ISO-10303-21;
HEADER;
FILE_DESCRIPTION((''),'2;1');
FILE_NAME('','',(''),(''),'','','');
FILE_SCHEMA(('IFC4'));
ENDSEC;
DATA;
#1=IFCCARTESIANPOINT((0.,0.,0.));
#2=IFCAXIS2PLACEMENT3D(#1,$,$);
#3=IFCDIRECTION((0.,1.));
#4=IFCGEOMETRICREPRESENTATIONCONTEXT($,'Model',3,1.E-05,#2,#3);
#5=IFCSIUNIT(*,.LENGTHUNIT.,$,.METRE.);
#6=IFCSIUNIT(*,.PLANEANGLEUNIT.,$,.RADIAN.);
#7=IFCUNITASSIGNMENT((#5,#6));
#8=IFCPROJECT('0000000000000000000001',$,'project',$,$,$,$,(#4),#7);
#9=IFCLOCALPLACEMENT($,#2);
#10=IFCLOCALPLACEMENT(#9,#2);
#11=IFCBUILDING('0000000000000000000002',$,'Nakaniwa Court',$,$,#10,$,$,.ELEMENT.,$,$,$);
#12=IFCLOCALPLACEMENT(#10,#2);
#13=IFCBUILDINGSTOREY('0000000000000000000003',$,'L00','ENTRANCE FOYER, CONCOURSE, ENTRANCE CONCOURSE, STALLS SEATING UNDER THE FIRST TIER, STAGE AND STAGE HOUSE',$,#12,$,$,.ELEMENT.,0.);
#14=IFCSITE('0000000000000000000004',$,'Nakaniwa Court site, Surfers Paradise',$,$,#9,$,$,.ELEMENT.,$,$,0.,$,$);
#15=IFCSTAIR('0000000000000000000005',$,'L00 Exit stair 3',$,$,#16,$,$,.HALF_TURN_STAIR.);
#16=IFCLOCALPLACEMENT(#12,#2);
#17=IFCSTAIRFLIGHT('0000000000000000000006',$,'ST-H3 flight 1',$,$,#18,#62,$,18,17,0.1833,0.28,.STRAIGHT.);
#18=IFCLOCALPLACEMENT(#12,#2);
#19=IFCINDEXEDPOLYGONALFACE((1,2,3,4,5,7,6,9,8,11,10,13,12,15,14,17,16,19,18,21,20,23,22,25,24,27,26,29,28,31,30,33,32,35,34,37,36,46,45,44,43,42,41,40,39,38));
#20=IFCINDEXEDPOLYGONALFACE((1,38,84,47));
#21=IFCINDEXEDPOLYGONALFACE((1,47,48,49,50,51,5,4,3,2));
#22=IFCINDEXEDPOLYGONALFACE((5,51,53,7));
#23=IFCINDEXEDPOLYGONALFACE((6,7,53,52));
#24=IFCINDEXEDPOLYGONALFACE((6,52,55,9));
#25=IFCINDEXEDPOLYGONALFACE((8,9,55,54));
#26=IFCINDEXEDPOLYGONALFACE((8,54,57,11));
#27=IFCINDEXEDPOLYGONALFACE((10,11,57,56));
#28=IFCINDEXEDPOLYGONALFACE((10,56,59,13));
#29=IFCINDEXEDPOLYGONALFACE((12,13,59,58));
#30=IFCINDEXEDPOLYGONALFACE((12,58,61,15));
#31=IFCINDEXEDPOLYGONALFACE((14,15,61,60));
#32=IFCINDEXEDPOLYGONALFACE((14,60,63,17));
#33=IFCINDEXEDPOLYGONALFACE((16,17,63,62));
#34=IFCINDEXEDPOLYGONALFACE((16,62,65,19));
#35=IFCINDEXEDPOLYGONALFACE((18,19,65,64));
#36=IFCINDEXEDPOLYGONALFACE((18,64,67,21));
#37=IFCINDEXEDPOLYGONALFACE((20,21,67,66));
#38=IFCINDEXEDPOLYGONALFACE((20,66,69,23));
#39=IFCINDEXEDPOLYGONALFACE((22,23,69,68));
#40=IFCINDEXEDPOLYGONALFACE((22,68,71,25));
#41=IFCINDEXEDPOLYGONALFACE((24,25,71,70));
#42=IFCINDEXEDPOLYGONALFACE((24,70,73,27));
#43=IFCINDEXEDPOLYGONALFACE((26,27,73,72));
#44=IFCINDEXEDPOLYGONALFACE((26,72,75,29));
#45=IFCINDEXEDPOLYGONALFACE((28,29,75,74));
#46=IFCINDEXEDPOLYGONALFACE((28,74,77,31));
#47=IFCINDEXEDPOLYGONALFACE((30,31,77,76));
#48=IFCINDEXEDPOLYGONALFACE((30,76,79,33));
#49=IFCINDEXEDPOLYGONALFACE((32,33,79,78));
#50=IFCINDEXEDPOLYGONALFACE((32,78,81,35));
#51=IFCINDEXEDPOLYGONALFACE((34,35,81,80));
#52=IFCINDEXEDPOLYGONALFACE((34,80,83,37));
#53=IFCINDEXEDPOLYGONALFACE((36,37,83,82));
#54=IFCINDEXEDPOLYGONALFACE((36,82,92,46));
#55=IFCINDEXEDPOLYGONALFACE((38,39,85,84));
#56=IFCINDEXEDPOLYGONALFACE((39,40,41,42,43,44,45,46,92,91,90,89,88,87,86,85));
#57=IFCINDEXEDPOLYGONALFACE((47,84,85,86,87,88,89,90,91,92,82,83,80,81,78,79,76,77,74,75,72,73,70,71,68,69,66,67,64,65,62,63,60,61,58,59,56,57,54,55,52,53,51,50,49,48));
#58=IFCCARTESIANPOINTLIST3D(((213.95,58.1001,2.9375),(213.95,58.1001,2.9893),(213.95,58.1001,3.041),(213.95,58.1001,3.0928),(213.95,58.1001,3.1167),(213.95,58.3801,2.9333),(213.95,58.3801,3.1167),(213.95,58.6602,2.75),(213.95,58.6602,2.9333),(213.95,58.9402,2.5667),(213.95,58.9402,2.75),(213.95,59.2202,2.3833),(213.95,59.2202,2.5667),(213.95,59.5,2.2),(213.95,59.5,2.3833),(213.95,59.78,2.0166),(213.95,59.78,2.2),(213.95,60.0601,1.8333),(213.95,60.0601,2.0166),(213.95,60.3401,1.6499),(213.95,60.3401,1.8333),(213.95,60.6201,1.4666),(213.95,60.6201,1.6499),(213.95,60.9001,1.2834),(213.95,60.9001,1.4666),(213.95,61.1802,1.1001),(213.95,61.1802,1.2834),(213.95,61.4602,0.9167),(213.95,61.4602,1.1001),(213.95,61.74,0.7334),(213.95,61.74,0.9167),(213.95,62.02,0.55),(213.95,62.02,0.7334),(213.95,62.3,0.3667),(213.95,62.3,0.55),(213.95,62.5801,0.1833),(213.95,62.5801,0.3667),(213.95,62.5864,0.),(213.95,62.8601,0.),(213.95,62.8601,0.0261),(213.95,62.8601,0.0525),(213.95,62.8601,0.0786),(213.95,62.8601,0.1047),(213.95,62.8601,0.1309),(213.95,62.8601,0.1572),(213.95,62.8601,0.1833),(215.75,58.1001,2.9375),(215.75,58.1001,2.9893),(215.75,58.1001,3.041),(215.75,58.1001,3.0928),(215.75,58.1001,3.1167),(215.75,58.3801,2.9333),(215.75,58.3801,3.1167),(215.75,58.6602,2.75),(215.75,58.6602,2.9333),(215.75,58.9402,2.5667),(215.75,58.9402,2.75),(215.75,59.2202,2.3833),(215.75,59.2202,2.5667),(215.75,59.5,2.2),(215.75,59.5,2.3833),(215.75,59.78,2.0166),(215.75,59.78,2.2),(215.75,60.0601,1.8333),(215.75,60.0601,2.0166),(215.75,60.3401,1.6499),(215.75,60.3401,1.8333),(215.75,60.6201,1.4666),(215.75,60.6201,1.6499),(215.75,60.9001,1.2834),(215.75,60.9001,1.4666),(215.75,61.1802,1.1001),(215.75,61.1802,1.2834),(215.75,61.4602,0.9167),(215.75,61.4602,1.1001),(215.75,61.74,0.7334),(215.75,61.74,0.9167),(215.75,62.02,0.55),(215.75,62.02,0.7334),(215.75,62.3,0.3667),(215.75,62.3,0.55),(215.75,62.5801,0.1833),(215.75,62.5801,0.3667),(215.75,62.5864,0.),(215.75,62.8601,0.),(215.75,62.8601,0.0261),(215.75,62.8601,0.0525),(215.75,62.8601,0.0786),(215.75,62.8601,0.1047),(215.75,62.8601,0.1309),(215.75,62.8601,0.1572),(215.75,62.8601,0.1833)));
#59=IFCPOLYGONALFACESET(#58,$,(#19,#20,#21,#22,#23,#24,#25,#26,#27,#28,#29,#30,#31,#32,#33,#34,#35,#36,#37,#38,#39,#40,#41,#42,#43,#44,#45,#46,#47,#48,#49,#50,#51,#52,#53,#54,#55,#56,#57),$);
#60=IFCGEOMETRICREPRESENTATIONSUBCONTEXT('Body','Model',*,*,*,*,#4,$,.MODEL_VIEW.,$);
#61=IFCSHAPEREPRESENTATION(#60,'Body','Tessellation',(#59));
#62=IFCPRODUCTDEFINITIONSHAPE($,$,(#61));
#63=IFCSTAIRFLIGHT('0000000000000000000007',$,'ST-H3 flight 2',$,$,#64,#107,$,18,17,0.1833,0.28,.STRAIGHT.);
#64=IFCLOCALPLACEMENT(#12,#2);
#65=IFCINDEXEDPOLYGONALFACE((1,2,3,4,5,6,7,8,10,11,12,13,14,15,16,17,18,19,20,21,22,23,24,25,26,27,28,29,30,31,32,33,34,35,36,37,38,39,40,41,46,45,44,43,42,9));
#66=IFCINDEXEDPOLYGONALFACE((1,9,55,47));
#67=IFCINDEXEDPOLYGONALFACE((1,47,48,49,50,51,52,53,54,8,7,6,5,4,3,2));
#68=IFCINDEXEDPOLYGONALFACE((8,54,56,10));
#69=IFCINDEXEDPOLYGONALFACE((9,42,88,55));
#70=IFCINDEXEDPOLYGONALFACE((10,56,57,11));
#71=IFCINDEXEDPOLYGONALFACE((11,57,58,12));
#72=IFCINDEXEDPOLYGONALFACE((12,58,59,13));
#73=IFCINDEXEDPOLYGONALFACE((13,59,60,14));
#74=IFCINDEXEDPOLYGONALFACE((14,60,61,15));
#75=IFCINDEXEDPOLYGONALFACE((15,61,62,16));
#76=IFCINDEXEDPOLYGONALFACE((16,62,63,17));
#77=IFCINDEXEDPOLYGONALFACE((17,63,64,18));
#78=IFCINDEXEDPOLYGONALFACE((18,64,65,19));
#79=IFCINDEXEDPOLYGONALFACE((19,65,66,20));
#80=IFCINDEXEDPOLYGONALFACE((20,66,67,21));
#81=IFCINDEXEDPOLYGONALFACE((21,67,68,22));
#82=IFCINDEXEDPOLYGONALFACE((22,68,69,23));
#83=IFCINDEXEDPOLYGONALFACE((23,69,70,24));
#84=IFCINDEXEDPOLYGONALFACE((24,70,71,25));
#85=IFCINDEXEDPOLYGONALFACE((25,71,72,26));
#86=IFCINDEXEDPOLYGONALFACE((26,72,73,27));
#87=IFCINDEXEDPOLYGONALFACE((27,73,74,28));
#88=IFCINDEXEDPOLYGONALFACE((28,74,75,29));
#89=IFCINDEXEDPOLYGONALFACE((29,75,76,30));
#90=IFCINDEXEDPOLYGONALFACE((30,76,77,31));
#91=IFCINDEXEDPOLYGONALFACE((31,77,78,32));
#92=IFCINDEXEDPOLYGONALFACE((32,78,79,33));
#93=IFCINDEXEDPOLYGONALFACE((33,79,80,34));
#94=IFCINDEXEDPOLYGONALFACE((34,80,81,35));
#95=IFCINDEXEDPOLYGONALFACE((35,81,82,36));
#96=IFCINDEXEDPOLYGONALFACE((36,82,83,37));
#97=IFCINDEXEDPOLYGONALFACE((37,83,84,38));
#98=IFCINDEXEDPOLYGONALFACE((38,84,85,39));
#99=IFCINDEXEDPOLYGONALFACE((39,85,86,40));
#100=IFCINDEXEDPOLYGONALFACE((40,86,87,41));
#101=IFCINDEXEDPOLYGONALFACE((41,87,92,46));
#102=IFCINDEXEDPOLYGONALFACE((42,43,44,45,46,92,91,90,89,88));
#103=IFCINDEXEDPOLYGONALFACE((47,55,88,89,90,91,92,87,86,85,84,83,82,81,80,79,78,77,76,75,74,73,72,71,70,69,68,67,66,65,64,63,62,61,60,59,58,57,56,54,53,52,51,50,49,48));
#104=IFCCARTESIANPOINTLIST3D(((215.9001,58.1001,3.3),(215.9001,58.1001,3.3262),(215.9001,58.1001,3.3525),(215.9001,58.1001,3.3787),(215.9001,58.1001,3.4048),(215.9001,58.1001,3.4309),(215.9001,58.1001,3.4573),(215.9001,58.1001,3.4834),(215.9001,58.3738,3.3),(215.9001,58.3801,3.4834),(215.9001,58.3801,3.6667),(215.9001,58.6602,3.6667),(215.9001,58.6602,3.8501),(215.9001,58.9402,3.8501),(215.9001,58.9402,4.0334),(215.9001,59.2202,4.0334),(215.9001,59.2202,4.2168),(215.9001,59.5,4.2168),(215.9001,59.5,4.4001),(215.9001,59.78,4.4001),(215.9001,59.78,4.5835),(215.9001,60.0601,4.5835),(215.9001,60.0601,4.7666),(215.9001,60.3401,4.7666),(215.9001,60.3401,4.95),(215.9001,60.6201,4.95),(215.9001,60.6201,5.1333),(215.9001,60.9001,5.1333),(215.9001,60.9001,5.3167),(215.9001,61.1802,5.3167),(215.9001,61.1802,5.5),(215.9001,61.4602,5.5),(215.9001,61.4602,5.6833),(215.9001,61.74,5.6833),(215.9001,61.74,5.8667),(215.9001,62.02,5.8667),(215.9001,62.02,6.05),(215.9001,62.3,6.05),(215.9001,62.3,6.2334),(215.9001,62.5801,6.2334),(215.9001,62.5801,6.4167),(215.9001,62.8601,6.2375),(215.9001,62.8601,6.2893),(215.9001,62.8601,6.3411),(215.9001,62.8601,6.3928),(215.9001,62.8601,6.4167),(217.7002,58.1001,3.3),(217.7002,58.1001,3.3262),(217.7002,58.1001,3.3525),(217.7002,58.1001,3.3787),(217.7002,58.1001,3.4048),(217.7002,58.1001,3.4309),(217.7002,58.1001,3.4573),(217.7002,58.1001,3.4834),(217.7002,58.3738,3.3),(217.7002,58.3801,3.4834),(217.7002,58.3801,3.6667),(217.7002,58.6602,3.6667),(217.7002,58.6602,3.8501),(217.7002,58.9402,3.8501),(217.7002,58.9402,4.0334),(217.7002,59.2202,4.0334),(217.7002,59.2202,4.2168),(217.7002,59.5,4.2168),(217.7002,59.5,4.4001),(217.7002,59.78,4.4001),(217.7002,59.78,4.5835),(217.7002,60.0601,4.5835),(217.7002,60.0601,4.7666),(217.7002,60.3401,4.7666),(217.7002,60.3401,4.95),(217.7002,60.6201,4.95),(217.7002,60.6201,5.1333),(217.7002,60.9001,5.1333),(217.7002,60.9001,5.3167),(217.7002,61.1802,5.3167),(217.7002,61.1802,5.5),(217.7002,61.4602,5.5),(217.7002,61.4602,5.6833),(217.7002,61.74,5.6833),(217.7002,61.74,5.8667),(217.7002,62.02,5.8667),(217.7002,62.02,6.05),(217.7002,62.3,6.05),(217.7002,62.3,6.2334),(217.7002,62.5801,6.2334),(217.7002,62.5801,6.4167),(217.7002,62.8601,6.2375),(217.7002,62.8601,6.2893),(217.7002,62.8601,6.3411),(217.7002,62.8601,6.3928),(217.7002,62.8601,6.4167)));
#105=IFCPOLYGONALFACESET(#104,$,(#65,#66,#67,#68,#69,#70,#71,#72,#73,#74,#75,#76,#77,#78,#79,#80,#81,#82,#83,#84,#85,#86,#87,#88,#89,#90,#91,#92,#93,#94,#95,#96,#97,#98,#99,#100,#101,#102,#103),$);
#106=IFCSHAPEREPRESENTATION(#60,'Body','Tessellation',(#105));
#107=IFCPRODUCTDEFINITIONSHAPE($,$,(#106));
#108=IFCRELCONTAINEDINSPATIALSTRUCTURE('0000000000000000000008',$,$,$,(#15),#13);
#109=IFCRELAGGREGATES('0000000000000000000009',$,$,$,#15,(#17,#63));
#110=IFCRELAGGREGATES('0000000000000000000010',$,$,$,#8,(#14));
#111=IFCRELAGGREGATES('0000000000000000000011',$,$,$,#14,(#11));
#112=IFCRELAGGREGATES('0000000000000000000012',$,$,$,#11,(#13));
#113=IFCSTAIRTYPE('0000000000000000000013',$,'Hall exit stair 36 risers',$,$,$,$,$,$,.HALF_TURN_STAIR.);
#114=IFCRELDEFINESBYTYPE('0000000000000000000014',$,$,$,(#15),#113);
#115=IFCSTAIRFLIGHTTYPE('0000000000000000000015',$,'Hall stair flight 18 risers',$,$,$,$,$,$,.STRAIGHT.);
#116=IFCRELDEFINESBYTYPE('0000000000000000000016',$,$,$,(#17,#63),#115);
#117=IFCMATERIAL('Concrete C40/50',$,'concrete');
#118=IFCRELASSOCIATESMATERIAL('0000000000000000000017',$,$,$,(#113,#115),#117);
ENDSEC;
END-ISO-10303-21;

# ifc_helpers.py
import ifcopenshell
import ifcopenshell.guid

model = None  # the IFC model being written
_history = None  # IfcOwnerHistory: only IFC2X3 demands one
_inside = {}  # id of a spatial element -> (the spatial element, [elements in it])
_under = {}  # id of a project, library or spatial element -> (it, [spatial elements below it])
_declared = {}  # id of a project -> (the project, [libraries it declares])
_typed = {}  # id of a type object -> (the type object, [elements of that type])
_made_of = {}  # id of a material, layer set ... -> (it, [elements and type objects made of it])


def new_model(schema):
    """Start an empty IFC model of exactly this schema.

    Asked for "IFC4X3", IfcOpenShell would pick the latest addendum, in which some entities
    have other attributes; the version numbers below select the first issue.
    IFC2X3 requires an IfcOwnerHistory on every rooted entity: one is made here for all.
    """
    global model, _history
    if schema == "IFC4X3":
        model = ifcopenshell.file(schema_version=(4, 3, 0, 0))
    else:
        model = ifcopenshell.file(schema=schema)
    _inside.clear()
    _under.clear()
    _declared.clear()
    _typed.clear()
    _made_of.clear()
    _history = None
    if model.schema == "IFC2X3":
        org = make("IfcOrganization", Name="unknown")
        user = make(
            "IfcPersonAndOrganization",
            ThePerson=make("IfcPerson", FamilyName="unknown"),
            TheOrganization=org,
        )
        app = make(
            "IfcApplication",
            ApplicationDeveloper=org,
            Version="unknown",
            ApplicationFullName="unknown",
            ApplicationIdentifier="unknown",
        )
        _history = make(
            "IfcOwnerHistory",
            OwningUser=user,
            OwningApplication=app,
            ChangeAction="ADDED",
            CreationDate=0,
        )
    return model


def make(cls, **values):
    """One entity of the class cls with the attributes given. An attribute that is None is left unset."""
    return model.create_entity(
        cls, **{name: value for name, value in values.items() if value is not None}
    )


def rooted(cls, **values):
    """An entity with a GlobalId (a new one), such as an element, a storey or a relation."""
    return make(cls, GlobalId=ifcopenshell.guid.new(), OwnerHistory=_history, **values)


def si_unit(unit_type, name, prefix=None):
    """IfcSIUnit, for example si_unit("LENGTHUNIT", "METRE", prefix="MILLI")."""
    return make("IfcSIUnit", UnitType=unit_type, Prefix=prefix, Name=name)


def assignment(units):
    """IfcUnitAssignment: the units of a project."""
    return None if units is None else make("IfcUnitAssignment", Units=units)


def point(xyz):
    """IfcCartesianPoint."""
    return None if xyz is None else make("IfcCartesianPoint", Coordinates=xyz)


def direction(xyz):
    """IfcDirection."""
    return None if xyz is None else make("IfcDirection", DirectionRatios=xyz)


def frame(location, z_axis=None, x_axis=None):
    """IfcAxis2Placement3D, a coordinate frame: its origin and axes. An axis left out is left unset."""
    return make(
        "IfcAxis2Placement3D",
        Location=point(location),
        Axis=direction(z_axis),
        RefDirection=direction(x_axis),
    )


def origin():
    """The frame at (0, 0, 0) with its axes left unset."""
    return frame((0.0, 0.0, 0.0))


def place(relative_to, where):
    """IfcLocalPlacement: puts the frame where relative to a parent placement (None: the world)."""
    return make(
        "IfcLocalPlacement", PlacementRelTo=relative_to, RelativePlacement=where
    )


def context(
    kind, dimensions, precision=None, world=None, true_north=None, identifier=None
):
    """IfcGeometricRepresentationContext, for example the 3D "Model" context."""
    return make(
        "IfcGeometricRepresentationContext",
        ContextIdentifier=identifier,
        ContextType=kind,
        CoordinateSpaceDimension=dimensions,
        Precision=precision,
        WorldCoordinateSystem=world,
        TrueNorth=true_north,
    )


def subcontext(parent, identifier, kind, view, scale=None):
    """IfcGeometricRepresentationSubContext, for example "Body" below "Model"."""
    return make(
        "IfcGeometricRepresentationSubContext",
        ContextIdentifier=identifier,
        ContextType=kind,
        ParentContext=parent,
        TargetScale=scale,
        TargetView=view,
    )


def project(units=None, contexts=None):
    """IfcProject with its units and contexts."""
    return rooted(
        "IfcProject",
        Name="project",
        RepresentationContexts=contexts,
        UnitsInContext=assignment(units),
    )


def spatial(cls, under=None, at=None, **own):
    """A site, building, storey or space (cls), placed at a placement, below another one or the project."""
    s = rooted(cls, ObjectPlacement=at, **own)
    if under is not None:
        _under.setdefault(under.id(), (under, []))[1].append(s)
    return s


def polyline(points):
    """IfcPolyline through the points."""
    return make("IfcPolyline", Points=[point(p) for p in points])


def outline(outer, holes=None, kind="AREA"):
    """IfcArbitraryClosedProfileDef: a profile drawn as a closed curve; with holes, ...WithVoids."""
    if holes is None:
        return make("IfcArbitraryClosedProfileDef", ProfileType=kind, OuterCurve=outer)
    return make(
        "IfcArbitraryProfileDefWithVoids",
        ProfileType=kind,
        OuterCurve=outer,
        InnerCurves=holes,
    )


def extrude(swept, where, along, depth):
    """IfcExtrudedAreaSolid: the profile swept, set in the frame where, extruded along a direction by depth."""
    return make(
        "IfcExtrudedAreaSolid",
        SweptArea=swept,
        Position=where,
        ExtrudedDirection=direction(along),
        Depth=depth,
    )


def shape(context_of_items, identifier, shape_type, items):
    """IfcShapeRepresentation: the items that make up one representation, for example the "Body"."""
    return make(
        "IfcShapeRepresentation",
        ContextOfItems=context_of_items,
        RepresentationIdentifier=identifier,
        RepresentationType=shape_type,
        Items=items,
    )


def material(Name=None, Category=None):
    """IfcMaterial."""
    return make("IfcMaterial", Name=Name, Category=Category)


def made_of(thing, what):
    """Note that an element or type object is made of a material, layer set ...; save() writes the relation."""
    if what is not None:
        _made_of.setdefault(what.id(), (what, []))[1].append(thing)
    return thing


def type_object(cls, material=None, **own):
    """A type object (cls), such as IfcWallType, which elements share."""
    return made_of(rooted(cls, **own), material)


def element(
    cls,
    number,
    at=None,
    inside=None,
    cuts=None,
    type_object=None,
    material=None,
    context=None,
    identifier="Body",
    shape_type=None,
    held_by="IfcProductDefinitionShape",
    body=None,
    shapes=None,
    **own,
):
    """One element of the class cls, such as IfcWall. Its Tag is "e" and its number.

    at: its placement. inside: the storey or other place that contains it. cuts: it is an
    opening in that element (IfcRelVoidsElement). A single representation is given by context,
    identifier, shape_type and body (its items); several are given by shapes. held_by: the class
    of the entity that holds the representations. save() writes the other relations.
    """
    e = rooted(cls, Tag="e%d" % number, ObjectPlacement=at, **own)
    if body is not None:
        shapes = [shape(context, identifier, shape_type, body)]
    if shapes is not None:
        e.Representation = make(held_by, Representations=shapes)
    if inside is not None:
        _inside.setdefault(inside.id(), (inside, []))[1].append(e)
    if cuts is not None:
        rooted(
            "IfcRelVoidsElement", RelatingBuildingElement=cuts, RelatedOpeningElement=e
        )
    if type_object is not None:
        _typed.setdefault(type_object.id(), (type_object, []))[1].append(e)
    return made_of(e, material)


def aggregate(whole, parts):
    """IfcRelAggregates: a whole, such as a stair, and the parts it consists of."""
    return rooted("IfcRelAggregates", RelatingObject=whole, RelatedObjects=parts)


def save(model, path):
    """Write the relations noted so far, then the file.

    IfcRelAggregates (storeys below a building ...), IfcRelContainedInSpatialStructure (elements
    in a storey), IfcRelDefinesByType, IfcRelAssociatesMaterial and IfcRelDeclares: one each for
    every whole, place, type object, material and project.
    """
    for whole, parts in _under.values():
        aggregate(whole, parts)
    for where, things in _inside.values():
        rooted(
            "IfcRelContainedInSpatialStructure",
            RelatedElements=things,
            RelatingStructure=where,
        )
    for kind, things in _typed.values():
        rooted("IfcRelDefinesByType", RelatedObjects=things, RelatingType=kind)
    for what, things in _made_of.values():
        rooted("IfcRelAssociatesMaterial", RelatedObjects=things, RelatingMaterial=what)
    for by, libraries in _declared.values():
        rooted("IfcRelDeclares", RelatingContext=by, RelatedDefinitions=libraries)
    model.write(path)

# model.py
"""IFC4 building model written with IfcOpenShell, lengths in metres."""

from ifc_helpers import new_model, si_unit, direction, frame, origin, place, context, subcontext, project, spatial, polyline, outline, extrude, material, type_object, element, aggregate, save


model = new_model("IFC4")

# Units and contexts
model_context = context("Model", 3, precision=1e-05, world=origin(), true_north=direction((0.0, 1.0)))
body_context = subcontext(model_context, "Body", "Model", "MODEL_VIEW")
ifc_project = project(units=[si_unit("LENGTHUNIT", "METRE"), si_unit("PLANEANGLEUNIT", "RADIAN")], contexts=[model_context])

# Site, building, storey
site_placement = place(None, origin())
site = spatial("IfcSite", under=ifc_project, at=site_placement, Name="Nakaniwa Court site, Surfers Paradise", CompositionType="ELEMENT", RefElevation=0.0)
building_placement = place(site_placement, origin())
building = spatial("IfcBuilding", under=site, at=building_placement, Name="Nakaniwa Court", CompositionType="ELEMENT")
storey_placement = place(building_placement, origin())
storey = spatial("IfcBuildingStorey", under=building, at=storey_placement, Name="L00", Description="ENTRANCE FOYER, CONCOURSE, ENTRANCE CONCOURSE, STALLS SEATING UNDER THE FIRST TIER, STAGE AND STAGE HOUSE", CompositionType="ELEMENT", Elevation=0.0)

# Shared definitions
ifc_material_1 = material(Name="Concrete C40/50", Category="concrete")

# Stair, stair flights
stair_type = type_object("IfcStairType", Name="Hall exit stair 36 risers", PredefinedType="HALF_TURN_STAIR", material=ifc_material_1)
stair_placement = place(storey_placement, origin())
stair = element("IfcStair", 1, at=stair_placement, inside=storey, type_object=stair_type, Name="L00 Exit stair 3", PredefinedType="HALF_TURN_STAIR")
stair_flight_type = type_object("IfcStairFlightType", Name="Hall stair flight 18 risers", PredefinedType="STRAIGHT", material=ifc_material_1)
stair_flight_1_placement = place(storey_placement, frame((214.8501, 62.8601, 0.0), z_axis=(0.0, 0.0, 1.0), x_axis=(0.0, -1.0, 0.0)))
stair_flight_1 = element("IfcStairFlight", 2, at=stair_flight_1_placement, type_object=stair_flight_type, Name="ST-H3 flight 1", NumberOfRisers=18, NumberOfTreads=17, PredefinedType="STRAIGHT", RiserHeight=0.1833, TreadLength=0.28, context=body_context, shape_type="SweptSolid", body=[
    extrude(outline(polyline([(0.0, 0.0), (0.0, 0.0261), (0.0, 0.0525), (0.0, 0.0786), (0.0, 0.1047), (0.0, 0.1309), (0.0, 0.1572), (0.0, 0.1833), (0.28, 0.1833), (0.28, 0.3667), (0.5601, 0.3667), (0.5601, 0.55), (0.8401, 0.55), (0.8401, 0.7334), (1.1201, 0.7334), (1.1201, 0.9167), (1.3999, 0.9167), (1.3999, 1.1001), (1.6799, 1.1001), (1.6799, 1.2834), (1.96, 1.2834), (1.96, 1.4666), (2.24, 1.4666), (2.24, 1.6499), (2.52, 1.6499), (2.52, 1.8333), (2.8, 1.8333), (2.8, 2.0166), (3.0801, 2.0166), (3.0801, 2.2), (3.3601, 2.2), (3.3601, 2.3833), (3.6399, 2.3833), (3.6399, 2.5667), (3.9199, 2.5667), (3.9199, 2.75), (4.2, 2.75), (4.2, 2.9333), (4.48, 2.9333), (4.48, 3.1167), (4.76, 3.1167), (4.76, 3.3), (4.76, 3.2483), (4.76, 3.1965), (4.76, 3.1445), (4.76, 3.0928), (4.76, 3.041), (4.76, 2.9893), (4.76, 2.9375), (0.2737, 0.0), (0.0, 0.0)])), frame((0.0, 0.8999, 0.0), z_axis=(0.0, -1.0, 0.0), x_axis=(1.0, 0.0, 0.0)), (0.0, 0.0, 1.0), 1.8),
])
stair_flight_2_placement = place(storey_placement, frame((216.8, 58.1001, 3.3), z_axis=(0.0, 0.0, 1.0), x_axis=(0.0, 1.0, 0.0)))
stair_flight_2 = element("IfcStairFlight", 3, at=stair_flight_2_placement, type_object=stair_flight_type, Name="ST-H3 flight 2", NumberOfRisers=18, NumberOfTreads=17, PredefinedType="STRAIGHT", RiserHeight=0.1833, TreadLength=0.28, context=body_context, shape_type="SweptSolid", body=[
    extrude(outline(polyline([(0.0, 0.0), (0.0, 0.0261), (0.0, 0.0525), (0.0, 0.0786), (0.0, 0.1047), (0.0, 0.1309), (0.0, 0.1572), (0.0, 0.1833), (0.28, 0.1833), (0.28, 0.3667), (0.5601, 0.3667), (0.5601, 0.55), (0.8401, 0.55), (0.8401, 0.7334), (1.1201, 0.7334), (1.1201, 0.9167), (1.3999, 0.9167), (1.3999, 1.1001), (1.6799, 1.1001), (1.6799, 1.2834), (1.96, 1.2834), (1.96, 1.4666), (2.24, 1.4666), (2.24, 1.6499), (2.52, 1.6499), (2.52, 1.8333), (2.8, 1.8333), (2.8, 2.0166), (3.0801, 2.0166), (3.0801, 2.2), (3.3601, 2.2), (3.3601, 2.3833), (3.6399, 2.3833), (3.6399, 2.5667), (3.9199, 2.5667), (3.9199, 2.75), (4.2, 2.75), (4.2, 2.9333), (4.48, 2.9333), (4.48, 3.1167), (4.76, 3.1167), (4.76, 3.3), (4.76, 3.2483), (4.76, 3.1965), (4.76, 3.1445), (4.76, 3.0928), (4.76, 3.041), (4.76, 2.9893), (4.76, 2.9375), (0.2737, 0.0), (0.0, 0.0)])), frame((0.0, 0.8999, 0.0), z_axis=(0.0, -1.0, 0.0), x_axis=(1.0, 0.0, 0.0)), (0.0, 0.0, 1.0), 1.8),
])
aggregate(stair, [stair_flight_1, stair_flight_2])

save(model, "model.ifc")
